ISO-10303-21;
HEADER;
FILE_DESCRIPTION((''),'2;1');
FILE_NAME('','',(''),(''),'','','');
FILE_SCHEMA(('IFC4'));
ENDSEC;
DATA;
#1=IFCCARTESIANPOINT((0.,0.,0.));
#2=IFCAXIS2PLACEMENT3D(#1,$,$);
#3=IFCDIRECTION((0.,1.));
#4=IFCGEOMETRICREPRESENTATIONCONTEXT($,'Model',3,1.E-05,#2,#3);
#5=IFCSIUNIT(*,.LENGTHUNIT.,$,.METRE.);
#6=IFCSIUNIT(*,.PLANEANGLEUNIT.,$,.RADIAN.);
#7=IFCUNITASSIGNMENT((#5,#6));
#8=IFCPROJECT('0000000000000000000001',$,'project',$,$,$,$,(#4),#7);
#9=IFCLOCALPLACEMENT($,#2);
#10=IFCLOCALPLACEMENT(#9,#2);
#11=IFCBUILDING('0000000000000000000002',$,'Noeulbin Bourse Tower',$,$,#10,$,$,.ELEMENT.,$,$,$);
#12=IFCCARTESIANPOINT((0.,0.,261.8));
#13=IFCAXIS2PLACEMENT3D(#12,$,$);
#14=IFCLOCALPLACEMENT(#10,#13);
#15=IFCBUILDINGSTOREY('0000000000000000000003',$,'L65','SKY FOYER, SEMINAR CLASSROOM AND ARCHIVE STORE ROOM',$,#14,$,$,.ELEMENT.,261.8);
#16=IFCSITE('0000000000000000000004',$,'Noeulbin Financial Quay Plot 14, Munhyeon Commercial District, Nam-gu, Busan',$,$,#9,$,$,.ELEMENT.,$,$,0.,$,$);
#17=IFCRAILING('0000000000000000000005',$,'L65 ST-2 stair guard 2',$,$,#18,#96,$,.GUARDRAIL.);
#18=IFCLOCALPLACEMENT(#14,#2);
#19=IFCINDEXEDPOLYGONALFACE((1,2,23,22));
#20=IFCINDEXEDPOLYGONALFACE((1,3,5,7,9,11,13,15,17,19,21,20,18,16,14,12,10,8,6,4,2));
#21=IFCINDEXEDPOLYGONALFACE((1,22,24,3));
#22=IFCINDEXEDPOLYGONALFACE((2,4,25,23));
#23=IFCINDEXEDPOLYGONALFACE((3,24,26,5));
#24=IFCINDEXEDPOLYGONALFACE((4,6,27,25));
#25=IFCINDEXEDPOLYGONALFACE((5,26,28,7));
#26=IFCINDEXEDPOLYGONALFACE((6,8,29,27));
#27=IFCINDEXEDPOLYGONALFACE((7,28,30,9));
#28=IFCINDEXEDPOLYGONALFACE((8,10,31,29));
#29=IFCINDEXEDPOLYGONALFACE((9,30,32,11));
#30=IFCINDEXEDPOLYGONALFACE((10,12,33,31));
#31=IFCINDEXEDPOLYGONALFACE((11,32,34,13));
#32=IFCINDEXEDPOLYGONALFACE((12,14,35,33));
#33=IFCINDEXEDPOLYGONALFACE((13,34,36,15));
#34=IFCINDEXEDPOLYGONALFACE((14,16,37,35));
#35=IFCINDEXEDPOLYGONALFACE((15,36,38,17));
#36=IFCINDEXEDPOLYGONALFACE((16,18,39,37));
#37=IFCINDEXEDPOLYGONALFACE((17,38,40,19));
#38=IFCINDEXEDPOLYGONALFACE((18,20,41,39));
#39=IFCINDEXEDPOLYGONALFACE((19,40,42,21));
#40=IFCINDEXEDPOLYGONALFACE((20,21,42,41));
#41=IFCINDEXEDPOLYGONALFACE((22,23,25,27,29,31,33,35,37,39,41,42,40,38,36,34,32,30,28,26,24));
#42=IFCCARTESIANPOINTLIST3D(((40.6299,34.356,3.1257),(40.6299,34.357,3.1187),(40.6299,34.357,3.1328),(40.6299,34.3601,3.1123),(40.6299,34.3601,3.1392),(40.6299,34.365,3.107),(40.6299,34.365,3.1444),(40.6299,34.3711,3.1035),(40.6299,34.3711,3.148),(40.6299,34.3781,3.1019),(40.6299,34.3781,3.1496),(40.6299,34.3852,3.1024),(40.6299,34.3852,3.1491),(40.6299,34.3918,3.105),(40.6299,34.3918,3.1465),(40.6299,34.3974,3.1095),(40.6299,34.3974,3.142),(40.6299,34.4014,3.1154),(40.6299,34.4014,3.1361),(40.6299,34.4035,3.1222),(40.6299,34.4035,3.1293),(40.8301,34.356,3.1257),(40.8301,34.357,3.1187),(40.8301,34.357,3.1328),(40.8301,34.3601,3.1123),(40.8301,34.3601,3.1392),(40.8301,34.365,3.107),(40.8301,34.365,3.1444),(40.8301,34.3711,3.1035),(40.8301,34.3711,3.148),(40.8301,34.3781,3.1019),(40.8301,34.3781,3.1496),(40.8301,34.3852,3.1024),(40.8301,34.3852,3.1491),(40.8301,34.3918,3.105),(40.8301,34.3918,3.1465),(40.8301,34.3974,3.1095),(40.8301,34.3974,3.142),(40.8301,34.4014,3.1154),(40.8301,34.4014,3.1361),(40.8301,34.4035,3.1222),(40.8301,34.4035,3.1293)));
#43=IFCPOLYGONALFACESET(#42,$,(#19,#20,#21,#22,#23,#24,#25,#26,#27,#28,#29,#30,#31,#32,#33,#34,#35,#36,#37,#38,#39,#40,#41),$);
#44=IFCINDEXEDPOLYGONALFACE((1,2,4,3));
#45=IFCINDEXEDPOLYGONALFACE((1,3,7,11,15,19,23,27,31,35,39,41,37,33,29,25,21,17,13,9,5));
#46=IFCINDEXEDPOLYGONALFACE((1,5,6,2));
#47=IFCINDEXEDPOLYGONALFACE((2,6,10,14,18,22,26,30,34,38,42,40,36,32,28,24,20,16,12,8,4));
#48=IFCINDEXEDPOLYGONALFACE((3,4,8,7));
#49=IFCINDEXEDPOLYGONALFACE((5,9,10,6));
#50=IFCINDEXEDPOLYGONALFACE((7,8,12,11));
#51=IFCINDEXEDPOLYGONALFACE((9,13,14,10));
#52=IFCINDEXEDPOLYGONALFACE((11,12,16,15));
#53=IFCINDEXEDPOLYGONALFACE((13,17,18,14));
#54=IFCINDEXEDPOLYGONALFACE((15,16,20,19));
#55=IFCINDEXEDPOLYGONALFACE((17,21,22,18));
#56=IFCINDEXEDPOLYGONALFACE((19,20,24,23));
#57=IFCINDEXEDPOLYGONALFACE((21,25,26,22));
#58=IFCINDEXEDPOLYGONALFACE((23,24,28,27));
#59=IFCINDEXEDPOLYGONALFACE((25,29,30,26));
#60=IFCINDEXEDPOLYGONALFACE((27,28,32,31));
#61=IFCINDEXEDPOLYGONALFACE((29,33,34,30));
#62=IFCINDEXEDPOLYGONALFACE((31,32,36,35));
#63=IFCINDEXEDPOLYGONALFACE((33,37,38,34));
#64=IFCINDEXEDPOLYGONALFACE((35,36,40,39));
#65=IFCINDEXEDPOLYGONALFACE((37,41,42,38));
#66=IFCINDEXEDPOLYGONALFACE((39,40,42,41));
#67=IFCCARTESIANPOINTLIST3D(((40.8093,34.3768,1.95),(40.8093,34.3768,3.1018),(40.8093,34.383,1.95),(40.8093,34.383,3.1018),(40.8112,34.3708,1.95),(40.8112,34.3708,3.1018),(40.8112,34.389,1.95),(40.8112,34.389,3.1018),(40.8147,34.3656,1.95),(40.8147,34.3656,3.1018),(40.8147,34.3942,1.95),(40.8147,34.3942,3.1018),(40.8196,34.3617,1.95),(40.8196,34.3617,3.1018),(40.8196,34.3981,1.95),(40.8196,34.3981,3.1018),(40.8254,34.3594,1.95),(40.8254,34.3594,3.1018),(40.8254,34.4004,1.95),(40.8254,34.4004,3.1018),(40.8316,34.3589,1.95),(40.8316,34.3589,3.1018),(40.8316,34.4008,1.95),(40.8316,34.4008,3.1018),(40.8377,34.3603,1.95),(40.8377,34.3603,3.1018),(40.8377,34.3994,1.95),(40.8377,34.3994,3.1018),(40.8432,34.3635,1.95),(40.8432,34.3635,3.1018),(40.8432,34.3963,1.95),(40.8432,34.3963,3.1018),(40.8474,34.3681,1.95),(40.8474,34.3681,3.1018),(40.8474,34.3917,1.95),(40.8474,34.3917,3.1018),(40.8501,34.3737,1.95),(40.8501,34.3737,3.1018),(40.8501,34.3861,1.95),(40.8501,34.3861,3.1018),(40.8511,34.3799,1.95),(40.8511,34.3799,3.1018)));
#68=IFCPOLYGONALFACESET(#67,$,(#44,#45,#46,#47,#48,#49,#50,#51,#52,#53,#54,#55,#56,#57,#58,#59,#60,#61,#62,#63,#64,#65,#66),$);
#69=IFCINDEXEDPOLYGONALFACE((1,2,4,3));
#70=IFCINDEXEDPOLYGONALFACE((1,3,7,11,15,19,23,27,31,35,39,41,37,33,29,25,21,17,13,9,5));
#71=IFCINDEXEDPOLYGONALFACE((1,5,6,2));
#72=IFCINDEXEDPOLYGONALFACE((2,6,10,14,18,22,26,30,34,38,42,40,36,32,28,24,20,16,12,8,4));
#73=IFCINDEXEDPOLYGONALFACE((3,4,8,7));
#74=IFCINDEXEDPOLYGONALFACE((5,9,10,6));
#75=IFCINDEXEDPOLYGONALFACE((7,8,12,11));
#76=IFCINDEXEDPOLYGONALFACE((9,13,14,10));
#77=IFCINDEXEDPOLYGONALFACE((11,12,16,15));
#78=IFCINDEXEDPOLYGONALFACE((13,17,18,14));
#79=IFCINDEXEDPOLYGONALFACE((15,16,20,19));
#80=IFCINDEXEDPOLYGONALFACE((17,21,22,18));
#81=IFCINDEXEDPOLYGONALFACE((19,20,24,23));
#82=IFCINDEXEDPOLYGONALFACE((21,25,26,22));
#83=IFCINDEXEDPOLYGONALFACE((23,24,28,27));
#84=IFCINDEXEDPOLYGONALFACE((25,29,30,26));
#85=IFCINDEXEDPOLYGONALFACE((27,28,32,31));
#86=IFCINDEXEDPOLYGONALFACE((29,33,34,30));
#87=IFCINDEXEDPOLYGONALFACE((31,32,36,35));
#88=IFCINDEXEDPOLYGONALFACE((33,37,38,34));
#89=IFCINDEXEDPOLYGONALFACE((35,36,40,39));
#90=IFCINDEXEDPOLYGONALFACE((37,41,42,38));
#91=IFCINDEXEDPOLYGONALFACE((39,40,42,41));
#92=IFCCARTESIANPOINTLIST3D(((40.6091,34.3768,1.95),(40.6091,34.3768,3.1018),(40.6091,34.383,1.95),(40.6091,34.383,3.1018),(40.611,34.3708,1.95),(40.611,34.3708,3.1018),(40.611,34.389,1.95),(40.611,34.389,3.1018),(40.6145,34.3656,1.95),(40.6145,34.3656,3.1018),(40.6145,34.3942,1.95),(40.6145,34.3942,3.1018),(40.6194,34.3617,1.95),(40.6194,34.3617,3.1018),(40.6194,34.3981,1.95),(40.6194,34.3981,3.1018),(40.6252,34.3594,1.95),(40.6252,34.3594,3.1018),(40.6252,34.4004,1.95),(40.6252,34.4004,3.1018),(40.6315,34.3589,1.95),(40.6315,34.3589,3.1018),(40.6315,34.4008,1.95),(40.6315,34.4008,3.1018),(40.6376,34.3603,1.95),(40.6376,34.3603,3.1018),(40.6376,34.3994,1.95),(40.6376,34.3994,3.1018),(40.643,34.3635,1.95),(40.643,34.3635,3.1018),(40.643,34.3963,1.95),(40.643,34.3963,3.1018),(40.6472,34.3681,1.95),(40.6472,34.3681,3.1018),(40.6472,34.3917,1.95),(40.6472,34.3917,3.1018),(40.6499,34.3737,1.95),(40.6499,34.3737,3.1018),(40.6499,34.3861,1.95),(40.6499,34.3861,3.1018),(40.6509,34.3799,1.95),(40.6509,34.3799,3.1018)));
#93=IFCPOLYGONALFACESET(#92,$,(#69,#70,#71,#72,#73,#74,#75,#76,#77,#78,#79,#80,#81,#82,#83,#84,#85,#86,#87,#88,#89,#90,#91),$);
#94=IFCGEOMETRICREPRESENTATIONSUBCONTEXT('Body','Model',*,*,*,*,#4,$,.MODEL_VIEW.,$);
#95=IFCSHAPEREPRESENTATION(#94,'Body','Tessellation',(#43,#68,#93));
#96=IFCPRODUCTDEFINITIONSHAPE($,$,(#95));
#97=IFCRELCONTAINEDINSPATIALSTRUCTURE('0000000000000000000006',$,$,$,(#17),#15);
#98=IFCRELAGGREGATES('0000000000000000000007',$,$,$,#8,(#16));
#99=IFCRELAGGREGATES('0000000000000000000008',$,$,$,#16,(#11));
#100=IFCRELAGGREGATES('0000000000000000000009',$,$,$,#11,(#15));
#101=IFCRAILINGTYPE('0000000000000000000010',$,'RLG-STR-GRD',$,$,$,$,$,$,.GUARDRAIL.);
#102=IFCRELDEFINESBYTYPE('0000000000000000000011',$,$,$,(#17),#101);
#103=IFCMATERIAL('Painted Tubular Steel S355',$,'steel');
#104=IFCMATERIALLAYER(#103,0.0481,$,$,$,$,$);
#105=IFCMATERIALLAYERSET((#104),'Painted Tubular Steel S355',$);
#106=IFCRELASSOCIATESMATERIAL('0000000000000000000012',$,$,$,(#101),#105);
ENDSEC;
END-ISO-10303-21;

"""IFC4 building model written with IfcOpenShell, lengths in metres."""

from ifc_helpers import new_model, si_unit, direction, frame, origin, origin_2d, place, context, subcontext, project, spatial, circle, extrude, material, layer, layer_set, type_object, element, save


model = new_model("IFC4")

# Units and contexts
model_context = context("Model", 3, precision=1e-05, world=origin(), true_north=direction((0.0, 1.0)))
body_context = subcontext(model_context, "Body", "Model", "MODEL_VIEW")
ifc_project = project(units=[si_unit("LENGTHUNIT", "METRE"), si_unit("PLANEANGLEUNIT", "RADIAN")], contexts=[model_context])

# Site, building, storey
site_placement = place(None, origin())
site = spatial("IfcSite", under=ifc_project, at=site_placement, Name="Noeulbin Financial Quay Plot 14, Munhyeon Commercial District, Nam-gu, Busan", CompositionType="ELEMENT", RefElevation=0.0)
building_placement = place(site_placement, origin())
building = spatial("IfcBuilding", under=site, at=building_placement, Name="Noeulbin Bourse Tower", CompositionType="ELEMENT")
storey_placement = place(building_placement, frame((0.0, 0.0, 261.8)))
storey = spatial("IfcBuildingStorey", under=building, at=storey_placement, Name="L65", Description="SKY FOYER, SEMINAR CLASSROOM AND ARCHIVE STORE ROOM", CompositionType="ELEMENT", Elevation=261.8)

# Railing
ifc_material_1 = material(Name="Painted Tubular Steel S355", Category="steel")
ifc_layer_1 = layer(ifc_material_1, 0.0481)
ifc_layer_set_1 = layer_set([ifc_layer_1], Name="Painted Tubular Steel S355")
railing_type_1 = type_object("IfcRailingType", Name="RLG-STR-GRD", PredefinedType="GUARDRAIL", material=ifc_layer_set_1)
railing_1_placement = place(storey_placement, frame((40.8301, 34.3799, 1.95)))
element("IfcRailing", 1, at=railing_1_placement, inside=storey, type_object=railing_type_1, Name="L65 ST-2 stair guard 2", PredefinedType="GUARDRAIL", context=body_context, shape_type="SweptSolid", body=[
    extrude(circle(Radius=0.0239, at=origin_2d()), frame((0.0, 0.0, 1.1758), z_axis=(-1.0, 0.0, 0.0), x_axis=(0.0, -1.0, 0.0)), (0.0, 0.0, 1.0), 0.2002),
    extrude(circle(Radius=0.021, at=origin_2d()), origin(), (0.0, 0.0, 1.0), 1.1519),
    extrude(circle(Radius=0.021, at=origin_2d()), frame((-0.2002, 0.0, 0.0)), (0.0, 0.0, 1.0), 1.1519),
])

save(model, "model.ifc")
